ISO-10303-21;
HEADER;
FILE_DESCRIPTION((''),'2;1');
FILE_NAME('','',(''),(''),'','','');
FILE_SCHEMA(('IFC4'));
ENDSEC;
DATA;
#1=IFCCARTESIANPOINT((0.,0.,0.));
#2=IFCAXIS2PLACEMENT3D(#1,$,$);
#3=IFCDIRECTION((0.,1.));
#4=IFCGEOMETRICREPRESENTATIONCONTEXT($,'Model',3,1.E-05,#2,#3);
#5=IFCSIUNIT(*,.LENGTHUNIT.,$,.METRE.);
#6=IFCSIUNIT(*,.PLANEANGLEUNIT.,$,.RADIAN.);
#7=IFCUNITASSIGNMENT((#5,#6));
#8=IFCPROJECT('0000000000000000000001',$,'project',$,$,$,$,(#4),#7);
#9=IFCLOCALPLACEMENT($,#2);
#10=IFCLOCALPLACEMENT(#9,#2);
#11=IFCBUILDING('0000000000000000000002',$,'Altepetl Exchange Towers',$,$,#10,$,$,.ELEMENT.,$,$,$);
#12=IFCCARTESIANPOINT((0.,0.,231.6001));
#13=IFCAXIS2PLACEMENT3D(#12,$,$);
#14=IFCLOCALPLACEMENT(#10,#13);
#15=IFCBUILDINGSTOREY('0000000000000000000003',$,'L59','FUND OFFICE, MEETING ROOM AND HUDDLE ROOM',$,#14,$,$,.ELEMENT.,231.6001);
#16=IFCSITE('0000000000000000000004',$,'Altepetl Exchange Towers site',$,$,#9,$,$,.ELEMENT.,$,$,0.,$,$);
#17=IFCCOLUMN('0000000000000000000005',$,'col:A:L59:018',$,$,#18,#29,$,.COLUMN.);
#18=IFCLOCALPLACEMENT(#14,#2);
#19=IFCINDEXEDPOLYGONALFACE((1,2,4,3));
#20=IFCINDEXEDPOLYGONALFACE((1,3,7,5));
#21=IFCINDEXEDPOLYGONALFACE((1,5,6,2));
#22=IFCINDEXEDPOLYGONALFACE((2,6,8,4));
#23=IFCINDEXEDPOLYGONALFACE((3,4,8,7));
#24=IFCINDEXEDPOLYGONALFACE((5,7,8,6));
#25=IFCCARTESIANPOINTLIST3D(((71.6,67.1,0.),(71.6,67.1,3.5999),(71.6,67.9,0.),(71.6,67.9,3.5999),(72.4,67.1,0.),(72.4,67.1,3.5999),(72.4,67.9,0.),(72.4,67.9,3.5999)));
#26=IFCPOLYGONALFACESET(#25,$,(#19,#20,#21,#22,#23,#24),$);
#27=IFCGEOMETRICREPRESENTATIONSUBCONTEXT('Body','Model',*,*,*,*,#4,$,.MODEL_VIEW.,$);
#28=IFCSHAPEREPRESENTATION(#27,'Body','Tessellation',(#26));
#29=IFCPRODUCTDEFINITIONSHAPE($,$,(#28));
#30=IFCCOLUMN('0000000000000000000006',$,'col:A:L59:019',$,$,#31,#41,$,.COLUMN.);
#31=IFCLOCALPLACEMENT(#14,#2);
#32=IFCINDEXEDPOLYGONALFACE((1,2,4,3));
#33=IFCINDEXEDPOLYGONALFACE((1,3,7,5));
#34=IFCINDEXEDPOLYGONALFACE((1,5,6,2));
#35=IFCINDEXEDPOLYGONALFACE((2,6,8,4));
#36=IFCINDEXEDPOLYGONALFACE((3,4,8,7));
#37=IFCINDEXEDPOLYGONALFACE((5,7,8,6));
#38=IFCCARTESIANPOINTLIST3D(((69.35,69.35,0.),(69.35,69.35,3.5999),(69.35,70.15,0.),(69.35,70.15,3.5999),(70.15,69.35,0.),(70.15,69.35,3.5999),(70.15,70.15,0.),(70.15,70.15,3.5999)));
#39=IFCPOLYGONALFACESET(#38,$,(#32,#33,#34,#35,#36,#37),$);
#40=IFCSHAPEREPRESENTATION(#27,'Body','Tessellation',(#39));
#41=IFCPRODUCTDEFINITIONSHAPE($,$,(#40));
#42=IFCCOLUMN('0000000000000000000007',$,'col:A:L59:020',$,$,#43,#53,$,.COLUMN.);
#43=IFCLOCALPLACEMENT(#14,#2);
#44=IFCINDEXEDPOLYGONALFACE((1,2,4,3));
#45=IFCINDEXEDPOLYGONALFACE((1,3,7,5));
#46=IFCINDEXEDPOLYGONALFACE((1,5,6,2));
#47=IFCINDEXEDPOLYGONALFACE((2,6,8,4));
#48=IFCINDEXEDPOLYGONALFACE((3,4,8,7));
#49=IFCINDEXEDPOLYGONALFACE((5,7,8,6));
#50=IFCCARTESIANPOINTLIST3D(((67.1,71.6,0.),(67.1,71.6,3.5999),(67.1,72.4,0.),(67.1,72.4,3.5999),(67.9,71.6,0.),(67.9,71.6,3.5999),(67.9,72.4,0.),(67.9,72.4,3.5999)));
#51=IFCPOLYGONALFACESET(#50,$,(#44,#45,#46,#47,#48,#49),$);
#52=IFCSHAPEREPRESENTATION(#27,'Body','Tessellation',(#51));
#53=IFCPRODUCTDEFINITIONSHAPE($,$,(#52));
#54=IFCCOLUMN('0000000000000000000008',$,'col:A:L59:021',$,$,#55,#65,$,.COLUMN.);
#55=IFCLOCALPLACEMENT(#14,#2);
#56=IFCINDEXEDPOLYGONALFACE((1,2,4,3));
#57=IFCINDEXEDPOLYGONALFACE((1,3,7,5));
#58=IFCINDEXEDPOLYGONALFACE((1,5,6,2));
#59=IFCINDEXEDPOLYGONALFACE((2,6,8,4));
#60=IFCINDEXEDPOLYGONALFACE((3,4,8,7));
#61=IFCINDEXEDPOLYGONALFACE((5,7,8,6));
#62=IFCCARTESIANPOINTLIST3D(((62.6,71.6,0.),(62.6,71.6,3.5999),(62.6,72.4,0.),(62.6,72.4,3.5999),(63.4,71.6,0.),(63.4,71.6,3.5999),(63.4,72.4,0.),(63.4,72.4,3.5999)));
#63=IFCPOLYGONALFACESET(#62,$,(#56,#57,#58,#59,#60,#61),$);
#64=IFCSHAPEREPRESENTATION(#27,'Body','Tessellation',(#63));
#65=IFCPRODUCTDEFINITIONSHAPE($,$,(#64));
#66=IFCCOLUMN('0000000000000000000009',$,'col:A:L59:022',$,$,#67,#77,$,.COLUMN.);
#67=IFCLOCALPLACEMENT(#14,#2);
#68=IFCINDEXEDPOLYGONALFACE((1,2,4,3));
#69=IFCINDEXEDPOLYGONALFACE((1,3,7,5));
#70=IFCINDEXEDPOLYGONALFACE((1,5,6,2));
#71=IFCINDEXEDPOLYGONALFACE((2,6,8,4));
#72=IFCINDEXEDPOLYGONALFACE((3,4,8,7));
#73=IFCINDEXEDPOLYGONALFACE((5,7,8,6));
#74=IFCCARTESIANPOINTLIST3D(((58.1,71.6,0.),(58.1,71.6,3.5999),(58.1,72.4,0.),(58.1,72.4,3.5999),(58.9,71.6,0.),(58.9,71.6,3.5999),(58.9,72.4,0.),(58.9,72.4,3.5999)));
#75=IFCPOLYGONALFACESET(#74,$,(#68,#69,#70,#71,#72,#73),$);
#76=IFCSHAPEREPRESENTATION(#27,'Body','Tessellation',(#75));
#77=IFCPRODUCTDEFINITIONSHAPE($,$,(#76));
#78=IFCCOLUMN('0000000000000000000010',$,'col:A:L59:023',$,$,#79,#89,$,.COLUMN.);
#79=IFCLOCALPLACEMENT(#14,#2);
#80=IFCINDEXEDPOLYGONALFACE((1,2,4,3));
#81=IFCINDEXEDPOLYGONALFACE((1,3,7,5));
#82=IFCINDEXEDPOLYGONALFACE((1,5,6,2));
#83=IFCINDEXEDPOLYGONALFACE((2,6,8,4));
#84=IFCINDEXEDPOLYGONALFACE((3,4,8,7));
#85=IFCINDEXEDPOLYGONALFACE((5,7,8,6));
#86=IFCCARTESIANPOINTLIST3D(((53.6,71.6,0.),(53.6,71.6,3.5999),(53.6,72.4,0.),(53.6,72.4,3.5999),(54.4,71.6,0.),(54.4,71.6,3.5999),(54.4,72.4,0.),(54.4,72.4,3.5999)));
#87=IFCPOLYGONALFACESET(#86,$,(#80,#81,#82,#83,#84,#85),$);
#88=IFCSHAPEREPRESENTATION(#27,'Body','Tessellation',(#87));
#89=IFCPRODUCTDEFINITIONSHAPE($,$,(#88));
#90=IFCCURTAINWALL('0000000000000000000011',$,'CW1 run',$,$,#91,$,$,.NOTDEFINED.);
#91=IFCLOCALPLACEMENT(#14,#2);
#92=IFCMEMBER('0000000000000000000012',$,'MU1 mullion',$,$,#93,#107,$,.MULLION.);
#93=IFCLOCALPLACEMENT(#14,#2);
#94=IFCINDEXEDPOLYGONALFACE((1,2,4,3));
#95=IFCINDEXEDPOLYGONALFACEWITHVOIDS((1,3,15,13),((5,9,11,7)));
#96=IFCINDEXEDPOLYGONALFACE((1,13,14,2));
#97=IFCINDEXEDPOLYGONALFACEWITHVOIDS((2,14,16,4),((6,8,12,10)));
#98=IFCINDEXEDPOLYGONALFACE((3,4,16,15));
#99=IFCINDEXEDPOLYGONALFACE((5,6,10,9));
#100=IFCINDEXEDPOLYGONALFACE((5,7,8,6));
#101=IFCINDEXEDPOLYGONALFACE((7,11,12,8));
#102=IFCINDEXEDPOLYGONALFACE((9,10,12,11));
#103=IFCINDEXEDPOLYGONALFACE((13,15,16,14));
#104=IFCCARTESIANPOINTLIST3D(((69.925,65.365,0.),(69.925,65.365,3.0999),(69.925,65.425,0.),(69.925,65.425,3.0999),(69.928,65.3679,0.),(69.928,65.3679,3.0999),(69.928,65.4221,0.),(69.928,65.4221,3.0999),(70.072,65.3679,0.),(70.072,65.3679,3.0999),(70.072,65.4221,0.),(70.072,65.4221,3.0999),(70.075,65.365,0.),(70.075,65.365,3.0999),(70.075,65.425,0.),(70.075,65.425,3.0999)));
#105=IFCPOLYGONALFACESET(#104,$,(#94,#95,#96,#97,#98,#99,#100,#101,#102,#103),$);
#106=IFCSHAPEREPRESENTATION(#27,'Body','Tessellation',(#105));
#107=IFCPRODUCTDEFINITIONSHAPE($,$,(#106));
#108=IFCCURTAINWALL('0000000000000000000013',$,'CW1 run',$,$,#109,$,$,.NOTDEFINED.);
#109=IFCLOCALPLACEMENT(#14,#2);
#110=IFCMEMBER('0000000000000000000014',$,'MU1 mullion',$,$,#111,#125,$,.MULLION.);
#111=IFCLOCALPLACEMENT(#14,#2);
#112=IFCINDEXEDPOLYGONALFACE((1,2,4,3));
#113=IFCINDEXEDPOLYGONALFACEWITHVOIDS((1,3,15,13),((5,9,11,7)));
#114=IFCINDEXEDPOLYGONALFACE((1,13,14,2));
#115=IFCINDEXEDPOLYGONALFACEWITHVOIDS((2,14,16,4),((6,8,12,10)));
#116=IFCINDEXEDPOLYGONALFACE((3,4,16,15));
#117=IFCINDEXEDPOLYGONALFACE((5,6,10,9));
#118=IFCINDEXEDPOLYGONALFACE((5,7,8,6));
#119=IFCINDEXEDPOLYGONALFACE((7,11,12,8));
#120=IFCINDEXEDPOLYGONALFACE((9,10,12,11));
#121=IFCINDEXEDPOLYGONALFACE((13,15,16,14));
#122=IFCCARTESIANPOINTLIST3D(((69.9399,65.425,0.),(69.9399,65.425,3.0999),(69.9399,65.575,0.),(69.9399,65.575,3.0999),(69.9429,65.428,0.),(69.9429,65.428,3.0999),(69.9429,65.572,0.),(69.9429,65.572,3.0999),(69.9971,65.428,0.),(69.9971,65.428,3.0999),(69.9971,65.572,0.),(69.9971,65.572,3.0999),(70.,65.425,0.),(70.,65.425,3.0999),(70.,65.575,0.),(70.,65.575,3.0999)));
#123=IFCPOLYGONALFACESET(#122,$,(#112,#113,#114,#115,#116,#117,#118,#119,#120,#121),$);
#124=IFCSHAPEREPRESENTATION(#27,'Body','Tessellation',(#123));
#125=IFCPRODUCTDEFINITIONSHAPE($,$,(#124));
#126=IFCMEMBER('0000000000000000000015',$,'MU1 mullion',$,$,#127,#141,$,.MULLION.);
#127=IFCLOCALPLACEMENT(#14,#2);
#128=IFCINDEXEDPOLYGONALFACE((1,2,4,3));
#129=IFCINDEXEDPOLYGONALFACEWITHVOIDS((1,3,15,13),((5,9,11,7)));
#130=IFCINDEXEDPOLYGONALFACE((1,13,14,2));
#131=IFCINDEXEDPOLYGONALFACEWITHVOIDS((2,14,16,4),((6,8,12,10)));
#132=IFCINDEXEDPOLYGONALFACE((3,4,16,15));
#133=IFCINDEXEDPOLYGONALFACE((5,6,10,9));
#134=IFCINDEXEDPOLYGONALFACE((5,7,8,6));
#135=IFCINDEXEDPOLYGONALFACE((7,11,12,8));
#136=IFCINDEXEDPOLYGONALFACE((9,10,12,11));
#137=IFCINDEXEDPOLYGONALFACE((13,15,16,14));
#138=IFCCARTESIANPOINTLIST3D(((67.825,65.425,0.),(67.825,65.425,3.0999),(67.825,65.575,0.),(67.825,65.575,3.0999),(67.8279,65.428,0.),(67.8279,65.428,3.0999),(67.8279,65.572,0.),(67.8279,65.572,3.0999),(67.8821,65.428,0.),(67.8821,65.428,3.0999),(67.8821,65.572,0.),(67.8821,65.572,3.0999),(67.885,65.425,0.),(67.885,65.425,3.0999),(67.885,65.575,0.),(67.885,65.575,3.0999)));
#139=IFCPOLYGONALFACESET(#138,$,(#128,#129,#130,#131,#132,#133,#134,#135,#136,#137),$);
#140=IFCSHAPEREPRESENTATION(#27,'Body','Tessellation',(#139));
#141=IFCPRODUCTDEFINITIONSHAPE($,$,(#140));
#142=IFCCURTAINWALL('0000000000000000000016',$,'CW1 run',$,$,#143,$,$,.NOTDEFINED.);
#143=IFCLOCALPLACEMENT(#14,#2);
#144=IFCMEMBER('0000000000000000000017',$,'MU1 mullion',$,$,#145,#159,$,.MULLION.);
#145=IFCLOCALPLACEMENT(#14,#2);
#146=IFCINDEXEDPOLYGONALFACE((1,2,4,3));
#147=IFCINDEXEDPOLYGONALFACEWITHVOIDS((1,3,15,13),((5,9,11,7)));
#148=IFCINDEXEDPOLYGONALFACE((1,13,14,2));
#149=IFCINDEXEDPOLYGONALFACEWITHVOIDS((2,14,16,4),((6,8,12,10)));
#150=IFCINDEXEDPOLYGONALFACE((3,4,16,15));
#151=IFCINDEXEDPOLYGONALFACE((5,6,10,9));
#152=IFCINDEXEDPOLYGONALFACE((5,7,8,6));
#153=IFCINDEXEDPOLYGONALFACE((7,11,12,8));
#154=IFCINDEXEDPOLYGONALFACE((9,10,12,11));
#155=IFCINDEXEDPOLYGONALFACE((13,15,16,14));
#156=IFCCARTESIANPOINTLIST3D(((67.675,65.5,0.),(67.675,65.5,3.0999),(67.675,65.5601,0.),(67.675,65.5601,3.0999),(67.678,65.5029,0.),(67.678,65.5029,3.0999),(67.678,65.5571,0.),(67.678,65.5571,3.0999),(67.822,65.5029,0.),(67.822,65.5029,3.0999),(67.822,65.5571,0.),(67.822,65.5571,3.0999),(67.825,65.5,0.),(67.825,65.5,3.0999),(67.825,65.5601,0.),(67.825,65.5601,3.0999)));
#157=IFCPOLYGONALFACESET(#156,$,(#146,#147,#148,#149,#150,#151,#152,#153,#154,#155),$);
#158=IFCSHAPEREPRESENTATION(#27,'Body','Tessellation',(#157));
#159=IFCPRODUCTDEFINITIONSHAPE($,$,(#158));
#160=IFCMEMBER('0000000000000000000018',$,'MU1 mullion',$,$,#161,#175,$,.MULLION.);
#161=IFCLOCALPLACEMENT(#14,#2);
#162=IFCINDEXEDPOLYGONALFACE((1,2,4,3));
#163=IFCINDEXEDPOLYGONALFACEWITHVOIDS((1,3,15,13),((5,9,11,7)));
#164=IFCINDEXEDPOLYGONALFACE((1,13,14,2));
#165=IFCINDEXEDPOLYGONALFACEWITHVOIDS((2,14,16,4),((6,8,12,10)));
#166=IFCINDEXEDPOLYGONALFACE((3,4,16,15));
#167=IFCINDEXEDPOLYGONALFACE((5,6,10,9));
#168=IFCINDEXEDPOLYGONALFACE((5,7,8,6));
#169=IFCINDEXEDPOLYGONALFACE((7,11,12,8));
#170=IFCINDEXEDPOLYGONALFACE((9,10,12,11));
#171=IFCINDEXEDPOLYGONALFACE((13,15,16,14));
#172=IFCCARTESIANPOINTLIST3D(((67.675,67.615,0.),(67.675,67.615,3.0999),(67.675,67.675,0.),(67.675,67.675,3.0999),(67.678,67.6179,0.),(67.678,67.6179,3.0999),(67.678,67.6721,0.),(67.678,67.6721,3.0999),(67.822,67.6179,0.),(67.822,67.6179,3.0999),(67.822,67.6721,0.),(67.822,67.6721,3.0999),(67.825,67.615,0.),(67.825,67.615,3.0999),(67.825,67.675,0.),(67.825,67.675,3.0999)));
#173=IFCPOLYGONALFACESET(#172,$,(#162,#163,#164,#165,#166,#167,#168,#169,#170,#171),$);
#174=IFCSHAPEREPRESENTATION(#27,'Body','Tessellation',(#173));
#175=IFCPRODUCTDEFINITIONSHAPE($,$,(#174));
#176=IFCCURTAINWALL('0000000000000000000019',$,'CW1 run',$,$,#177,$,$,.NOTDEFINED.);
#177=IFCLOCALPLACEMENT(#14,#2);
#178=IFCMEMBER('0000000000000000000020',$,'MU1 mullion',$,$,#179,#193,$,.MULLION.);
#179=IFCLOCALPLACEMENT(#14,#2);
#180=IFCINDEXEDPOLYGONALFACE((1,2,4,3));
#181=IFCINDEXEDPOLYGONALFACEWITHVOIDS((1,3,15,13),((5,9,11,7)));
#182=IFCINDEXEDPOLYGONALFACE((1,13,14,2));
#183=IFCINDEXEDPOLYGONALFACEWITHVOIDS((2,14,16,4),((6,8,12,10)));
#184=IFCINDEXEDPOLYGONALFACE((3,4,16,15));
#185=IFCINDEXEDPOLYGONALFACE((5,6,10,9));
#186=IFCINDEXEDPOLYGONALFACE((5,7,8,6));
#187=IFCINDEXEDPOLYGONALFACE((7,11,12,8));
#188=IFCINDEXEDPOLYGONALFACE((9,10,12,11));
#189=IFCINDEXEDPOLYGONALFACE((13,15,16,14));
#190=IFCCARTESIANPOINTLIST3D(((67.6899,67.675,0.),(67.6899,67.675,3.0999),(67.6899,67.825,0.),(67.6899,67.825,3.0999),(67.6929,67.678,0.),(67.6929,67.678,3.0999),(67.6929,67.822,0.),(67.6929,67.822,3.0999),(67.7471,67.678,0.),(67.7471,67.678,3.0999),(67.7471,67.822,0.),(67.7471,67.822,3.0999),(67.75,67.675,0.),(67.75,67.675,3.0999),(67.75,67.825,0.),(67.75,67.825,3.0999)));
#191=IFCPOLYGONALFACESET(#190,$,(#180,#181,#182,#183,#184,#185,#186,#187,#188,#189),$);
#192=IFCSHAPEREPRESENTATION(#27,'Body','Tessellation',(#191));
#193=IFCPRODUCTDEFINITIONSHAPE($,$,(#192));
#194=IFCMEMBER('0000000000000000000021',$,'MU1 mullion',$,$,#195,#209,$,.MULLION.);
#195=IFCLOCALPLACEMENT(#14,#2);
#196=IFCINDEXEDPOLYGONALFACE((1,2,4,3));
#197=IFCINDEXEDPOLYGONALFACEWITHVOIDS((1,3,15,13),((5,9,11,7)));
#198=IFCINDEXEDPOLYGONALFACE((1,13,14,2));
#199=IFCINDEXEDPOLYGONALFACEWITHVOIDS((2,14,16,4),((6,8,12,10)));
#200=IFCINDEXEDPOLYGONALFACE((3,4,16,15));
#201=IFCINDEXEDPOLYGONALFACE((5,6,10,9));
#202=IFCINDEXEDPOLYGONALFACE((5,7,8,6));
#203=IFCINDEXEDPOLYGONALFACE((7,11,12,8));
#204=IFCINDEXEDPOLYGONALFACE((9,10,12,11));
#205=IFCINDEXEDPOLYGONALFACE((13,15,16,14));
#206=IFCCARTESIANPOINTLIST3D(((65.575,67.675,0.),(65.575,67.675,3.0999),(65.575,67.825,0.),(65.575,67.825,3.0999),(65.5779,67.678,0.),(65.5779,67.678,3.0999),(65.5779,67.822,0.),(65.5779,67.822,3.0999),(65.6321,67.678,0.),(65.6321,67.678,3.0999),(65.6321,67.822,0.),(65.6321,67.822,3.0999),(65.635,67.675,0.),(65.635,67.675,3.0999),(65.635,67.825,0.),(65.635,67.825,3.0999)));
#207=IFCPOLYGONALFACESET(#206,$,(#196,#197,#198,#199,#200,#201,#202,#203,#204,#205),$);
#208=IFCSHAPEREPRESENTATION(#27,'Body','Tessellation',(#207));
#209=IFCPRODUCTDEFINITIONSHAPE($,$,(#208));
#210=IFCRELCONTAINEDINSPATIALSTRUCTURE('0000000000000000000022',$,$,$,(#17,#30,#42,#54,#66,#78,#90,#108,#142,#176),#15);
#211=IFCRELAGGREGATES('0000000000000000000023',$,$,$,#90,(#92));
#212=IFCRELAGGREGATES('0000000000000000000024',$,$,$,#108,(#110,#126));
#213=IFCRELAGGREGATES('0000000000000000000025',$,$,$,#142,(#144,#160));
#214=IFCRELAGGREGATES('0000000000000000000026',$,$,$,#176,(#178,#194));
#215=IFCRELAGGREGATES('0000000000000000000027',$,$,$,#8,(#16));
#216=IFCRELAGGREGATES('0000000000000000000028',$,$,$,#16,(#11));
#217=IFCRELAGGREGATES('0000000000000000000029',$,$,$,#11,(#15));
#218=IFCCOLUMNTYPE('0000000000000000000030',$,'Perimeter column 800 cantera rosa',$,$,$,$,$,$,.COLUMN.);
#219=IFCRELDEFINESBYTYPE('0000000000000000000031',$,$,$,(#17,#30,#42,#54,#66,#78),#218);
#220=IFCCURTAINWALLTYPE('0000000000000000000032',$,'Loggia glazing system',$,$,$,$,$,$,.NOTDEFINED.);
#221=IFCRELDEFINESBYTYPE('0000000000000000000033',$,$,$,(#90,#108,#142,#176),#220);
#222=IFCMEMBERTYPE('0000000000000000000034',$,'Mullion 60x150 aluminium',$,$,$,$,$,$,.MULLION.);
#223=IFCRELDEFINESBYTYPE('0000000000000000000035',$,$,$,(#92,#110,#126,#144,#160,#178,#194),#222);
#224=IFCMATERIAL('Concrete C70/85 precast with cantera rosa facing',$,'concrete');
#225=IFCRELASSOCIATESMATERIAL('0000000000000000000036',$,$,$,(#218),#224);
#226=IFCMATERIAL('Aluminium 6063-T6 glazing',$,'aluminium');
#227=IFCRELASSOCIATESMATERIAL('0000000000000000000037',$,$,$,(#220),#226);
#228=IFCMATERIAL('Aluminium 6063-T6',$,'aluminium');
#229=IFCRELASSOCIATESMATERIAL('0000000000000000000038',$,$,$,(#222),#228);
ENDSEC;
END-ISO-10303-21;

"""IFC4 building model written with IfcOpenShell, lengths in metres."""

from ifc_helpers import new_model, si_unit, direction, frame, origin, origin_2d, place, context, subcontext, project, spatial, rectangle, hollow_rectangle, extrude, material, material_profile, profile_set, type_object, element, aggregate, save


model = new_model("IFC4")

# Units and contexts
model_context = context("Model", 3, precision=1e-05, world=origin(), true_north=direction((0.0, 1.0)))
body_context = subcontext(model_context, "Body", "Model", "MODEL_VIEW")
ifc_project = project(units=[si_unit("LENGTHUNIT", "METRE"), si_unit("PLANEANGLEUNIT", "RADIAN")], contexts=[model_context])

# Site, building, storey
site_placement = place(None, origin())
site = spatial("IfcSite", under=ifc_project, at=site_placement, Name="Altepetl Exchange Towers site", CompositionType="ELEMENT", RefElevation=0.0)
building_placement = place(site_placement, origin())
building = spatial("IfcBuilding", under=site, at=building_placement, Name="Altepetl Exchange Towers", CompositionType="ELEMENT")
storey_placement = place(building_placement, frame((0.0, 0.0, 231.6001)))
storey = spatial("IfcBuildingStorey", under=building, at=storey_placement, Name="L59", Description="FUND OFFICE, MEETING ROOM AND HUDDLE ROOM", CompositionType="ELEMENT", Elevation=231.6001)

# Columns
ifc_material_1 = material(Name="Concrete C70/85 precast with cantera rosa facing", Category="concrete")
ifc_material_profile_1 = material_profile(ifc_material_1, rectangle(XDim=0.8, YDim=0.8, at=origin_2d()), Name="800 x 800")
ifc_profile_set_1 = profile_set([ifc_material_profile_1], Name="Concrete C70/85 precast with cantera rosa facing")
column_type = type_object("IfcColumnType", Name="Perimeter column 800 cantera rosa", PredefinedType="COLUMN", material=ifc_profile_set_1)
for number, where, name in (
    (1, (72.0, 67.5, 0.0), "col:A:L59:018"),
    (2, (69.75, 69.75, 0.0), "col:A:L59:019"),
    (3, (67.5, 72.0, 0.0), "col:A:L59:020"),
    (4, (63.0, 72.0, 0.0), "col:A:L59:021"),
    (5, (58.5, 72.0, 0.0), "col:A:L59:022"),
    (6, (54.0, 72.0, 0.0), "col:A:L59:023"),
):
    element("IfcColumn", number, at=place(storey_placement, frame(where)), inside=storey, type_object=column_type, Name=name, PredefinedType="COLUMN", context=body_context, shape_type="SweptSolid", body=[
        extrude(rectangle(XDim=0.8, YDim=0.8, at=origin_2d()), origin(), (0.0, 0.0, 1.0), 3.5999),
    ])

# Curtain wall, member
ifc_material_2 = material(Name="Aluminium 6063-T6 glazing", Category="aluminium")
curtain_wall_type = type_object("IfcCurtainWallType", Name="Loggia glazing system", PredefinedType="NOTDEFINED", material=ifc_material_2)
curtain_wall_1_placement = place(storey_placement, origin())
curtain_wall_1 = element("IfcCurtainWall", 7, at=curtain_wall_1_placement, inside=storey, type_object=curtain_wall_type, Name="CW1 run", PredefinedType="NOTDEFINED")
ifc_material_3 = material(Name="Aluminium 6063-T6", Category="aluminium")
ifc_material_profile_2 = material_profile(ifc_material_3, hollow_rectangle(XDim=0.0601, YDim=0.1499, WallThickness=0.0029, at=origin_2d()), Name="Mullion 60x150 aluminium")
ifc_profile_set_2 = profile_set([ifc_material_profile_2], Name="Aluminium 6063-T6")
member_type = type_object("IfcMemberType", Name="Mullion 60x150 aluminium", PredefinedType="MULLION", material=ifc_profile_set_2)
member_1_placement = place(storey_placement, frame((70.0, 65.395, 0.0), z_axis=(0.0, 0.0, 1.0), x_axis=(0.0, 1.0, 0.0)))
member_1 = element("IfcMember", 8, at=member_1_placement, type_object=member_type, Name="MU1 mullion", PredefinedType="MULLION", context=body_context, shape_type="SweptSolid", body=[
    extrude(hollow_rectangle(XDim=0.0601, YDim=0.1499, WallThickness=0.0029, at=origin_2d()), origin(), (0.0, 0.0, 1.0), 3.0999),
])

# Curtain walls, members
curtain_wall_2_placement = place(storey_placement, origin())
curtain_wall_2 = element("IfcCurtainWall", 9, at=curtain_wall_2_placement, inside=storey, type_object=curtain_wall_type, Name="CW1 run", PredefinedType="NOTDEFINED")
member_2_placement = place(storey_placement, frame((69.97, 65.5, 0.0), z_axis=(0.0, 0.0, 1.0), x_axis=(-1.0, 0.0, 0.0)))
member_2 = element("IfcMember", 10, at=member_2_placement, type_object=member_type, Name="MU1 mullion", PredefinedType="MULLION", context=body_context, shape_type="SweptSolid", body=[
    extrude(hollow_rectangle(XDim=0.0601, YDim=0.1499, WallThickness=0.0029, at=origin_2d()), origin(), (0.0, 0.0, 1.0), 3.0999),
])
member_3_placement = place(storey_placement, frame((67.855, 65.5, 0.0), z_axis=(0.0, 0.0, 1.0), x_axis=(-1.0, 0.0, 0.0)))
member_3 = element("IfcMember", 11, at=member_3_placement, type_object=member_type, Name="MU1 mullion", PredefinedType="MULLION", context=body_context, shape_type="SweptSolid", body=[
    extrude(hollow_rectangle(XDim=0.0601, YDim=0.1499, WallThickness=0.0029, at=origin_2d()), origin(), (0.0, 0.0, 1.0), 3.0999),
])
curtain_wall_3_placement = place(storey_placement, origin())
curtain_wall_3 = element("IfcCurtainWall", 12, at=curtain_wall_3_placement, inside=storey, type_object=curtain_wall_type, Name="CW1 run", PredefinedType="NOTDEFINED")
member_4_placement = place(storey_placement, frame((67.75, 65.53, 0.0), z_axis=(0.0, 0.0, 1.0), x_axis=(0.0, 1.0, 0.0)))
member_4 = element("IfcMember", 13, at=member_4_placement, type_object=member_type, Name="MU1 mullion", PredefinedType="MULLION", context=body_context, shape_type="SweptSolid", body=[
    extrude(hollow_rectangle(XDim=0.0601, YDim=0.1499, WallThickness=0.0029, at=origin_2d()), origin(), (0.0, 0.0, 1.0), 3.0999),
])
member_5_placement = place(storey_placement, frame((67.75, 67.645, 0.0), z_axis=(0.0, 0.0, 1.0), x_axis=(0.0, 1.0, 0.0)))
member_5 = element("IfcMember", 14, at=member_5_placement, type_object=member_type, Name="MU1 mullion", PredefinedType="MULLION", context=body_context, shape_type="SweptSolid", body=[
    extrude(hollow_rectangle(XDim=0.0601, YDim=0.1499, WallThickness=0.0029, at=origin_2d()), origin(), (0.0, 0.0, 1.0), 3.0999),
])
curtain_wall_4_placement = place(storey_placement, origin())
curtain_wall_4 = element("IfcCurtainWall", 15, at=curtain_wall_4_placement, inside=storey, type_object=curtain_wall_type, Name="CW1 run", PredefinedType="NOTDEFINED")
member_6_placement = place(storey_placement, frame((67.72, 67.75, 0.0), z_axis=(0.0, 0.0, 1.0), x_axis=(-1.0, 0.0, 0.0)))
member_6 = element("IfcMember", 16, at=member_6_placement, type_object=member_type, Name="MU1 mullion", PredefinedType="MULLION", context=body_context, shape_type="SweptSolid", body=[
    extrude(hollow_rectangle(XDim=0.0601, YDim=0.1499, WallThickness=0.0029, at=origin_2d()), origin(), (0.0, 0.0, 1.0), 3.0999),
])
member_7_placement = place(storey_placement, frame((65.605, 67.75, 0.0), z_axis=(0.0, 0.0, 1.0), x_axis=(-1.0, 0.0, 0.0)))
member_7 = element("IfcMember", 17, at=member_7_placement, type_object=member_type, Name="MU1 mullion", PredefinedType="MULLION", context=body_context, shape_type="SweptSolid", body=[
    extrude(hollow_rectangle(XDim=0.0601, YDim=0.1499, WallThickness=0.0029, at=origin_2d()), origin(), (0.0, 0.0, 1.0), 3.0999),
])

aggregate(curtain_wall_1, [member_1])
aggregate(curtain_wall_2, [member_2, member_3])
aggregate(curtain_wall_3, [member_4, member_5])
aggregate(curtain_wall_4, [member_6, member_7])

save(model, "model.ifc")
